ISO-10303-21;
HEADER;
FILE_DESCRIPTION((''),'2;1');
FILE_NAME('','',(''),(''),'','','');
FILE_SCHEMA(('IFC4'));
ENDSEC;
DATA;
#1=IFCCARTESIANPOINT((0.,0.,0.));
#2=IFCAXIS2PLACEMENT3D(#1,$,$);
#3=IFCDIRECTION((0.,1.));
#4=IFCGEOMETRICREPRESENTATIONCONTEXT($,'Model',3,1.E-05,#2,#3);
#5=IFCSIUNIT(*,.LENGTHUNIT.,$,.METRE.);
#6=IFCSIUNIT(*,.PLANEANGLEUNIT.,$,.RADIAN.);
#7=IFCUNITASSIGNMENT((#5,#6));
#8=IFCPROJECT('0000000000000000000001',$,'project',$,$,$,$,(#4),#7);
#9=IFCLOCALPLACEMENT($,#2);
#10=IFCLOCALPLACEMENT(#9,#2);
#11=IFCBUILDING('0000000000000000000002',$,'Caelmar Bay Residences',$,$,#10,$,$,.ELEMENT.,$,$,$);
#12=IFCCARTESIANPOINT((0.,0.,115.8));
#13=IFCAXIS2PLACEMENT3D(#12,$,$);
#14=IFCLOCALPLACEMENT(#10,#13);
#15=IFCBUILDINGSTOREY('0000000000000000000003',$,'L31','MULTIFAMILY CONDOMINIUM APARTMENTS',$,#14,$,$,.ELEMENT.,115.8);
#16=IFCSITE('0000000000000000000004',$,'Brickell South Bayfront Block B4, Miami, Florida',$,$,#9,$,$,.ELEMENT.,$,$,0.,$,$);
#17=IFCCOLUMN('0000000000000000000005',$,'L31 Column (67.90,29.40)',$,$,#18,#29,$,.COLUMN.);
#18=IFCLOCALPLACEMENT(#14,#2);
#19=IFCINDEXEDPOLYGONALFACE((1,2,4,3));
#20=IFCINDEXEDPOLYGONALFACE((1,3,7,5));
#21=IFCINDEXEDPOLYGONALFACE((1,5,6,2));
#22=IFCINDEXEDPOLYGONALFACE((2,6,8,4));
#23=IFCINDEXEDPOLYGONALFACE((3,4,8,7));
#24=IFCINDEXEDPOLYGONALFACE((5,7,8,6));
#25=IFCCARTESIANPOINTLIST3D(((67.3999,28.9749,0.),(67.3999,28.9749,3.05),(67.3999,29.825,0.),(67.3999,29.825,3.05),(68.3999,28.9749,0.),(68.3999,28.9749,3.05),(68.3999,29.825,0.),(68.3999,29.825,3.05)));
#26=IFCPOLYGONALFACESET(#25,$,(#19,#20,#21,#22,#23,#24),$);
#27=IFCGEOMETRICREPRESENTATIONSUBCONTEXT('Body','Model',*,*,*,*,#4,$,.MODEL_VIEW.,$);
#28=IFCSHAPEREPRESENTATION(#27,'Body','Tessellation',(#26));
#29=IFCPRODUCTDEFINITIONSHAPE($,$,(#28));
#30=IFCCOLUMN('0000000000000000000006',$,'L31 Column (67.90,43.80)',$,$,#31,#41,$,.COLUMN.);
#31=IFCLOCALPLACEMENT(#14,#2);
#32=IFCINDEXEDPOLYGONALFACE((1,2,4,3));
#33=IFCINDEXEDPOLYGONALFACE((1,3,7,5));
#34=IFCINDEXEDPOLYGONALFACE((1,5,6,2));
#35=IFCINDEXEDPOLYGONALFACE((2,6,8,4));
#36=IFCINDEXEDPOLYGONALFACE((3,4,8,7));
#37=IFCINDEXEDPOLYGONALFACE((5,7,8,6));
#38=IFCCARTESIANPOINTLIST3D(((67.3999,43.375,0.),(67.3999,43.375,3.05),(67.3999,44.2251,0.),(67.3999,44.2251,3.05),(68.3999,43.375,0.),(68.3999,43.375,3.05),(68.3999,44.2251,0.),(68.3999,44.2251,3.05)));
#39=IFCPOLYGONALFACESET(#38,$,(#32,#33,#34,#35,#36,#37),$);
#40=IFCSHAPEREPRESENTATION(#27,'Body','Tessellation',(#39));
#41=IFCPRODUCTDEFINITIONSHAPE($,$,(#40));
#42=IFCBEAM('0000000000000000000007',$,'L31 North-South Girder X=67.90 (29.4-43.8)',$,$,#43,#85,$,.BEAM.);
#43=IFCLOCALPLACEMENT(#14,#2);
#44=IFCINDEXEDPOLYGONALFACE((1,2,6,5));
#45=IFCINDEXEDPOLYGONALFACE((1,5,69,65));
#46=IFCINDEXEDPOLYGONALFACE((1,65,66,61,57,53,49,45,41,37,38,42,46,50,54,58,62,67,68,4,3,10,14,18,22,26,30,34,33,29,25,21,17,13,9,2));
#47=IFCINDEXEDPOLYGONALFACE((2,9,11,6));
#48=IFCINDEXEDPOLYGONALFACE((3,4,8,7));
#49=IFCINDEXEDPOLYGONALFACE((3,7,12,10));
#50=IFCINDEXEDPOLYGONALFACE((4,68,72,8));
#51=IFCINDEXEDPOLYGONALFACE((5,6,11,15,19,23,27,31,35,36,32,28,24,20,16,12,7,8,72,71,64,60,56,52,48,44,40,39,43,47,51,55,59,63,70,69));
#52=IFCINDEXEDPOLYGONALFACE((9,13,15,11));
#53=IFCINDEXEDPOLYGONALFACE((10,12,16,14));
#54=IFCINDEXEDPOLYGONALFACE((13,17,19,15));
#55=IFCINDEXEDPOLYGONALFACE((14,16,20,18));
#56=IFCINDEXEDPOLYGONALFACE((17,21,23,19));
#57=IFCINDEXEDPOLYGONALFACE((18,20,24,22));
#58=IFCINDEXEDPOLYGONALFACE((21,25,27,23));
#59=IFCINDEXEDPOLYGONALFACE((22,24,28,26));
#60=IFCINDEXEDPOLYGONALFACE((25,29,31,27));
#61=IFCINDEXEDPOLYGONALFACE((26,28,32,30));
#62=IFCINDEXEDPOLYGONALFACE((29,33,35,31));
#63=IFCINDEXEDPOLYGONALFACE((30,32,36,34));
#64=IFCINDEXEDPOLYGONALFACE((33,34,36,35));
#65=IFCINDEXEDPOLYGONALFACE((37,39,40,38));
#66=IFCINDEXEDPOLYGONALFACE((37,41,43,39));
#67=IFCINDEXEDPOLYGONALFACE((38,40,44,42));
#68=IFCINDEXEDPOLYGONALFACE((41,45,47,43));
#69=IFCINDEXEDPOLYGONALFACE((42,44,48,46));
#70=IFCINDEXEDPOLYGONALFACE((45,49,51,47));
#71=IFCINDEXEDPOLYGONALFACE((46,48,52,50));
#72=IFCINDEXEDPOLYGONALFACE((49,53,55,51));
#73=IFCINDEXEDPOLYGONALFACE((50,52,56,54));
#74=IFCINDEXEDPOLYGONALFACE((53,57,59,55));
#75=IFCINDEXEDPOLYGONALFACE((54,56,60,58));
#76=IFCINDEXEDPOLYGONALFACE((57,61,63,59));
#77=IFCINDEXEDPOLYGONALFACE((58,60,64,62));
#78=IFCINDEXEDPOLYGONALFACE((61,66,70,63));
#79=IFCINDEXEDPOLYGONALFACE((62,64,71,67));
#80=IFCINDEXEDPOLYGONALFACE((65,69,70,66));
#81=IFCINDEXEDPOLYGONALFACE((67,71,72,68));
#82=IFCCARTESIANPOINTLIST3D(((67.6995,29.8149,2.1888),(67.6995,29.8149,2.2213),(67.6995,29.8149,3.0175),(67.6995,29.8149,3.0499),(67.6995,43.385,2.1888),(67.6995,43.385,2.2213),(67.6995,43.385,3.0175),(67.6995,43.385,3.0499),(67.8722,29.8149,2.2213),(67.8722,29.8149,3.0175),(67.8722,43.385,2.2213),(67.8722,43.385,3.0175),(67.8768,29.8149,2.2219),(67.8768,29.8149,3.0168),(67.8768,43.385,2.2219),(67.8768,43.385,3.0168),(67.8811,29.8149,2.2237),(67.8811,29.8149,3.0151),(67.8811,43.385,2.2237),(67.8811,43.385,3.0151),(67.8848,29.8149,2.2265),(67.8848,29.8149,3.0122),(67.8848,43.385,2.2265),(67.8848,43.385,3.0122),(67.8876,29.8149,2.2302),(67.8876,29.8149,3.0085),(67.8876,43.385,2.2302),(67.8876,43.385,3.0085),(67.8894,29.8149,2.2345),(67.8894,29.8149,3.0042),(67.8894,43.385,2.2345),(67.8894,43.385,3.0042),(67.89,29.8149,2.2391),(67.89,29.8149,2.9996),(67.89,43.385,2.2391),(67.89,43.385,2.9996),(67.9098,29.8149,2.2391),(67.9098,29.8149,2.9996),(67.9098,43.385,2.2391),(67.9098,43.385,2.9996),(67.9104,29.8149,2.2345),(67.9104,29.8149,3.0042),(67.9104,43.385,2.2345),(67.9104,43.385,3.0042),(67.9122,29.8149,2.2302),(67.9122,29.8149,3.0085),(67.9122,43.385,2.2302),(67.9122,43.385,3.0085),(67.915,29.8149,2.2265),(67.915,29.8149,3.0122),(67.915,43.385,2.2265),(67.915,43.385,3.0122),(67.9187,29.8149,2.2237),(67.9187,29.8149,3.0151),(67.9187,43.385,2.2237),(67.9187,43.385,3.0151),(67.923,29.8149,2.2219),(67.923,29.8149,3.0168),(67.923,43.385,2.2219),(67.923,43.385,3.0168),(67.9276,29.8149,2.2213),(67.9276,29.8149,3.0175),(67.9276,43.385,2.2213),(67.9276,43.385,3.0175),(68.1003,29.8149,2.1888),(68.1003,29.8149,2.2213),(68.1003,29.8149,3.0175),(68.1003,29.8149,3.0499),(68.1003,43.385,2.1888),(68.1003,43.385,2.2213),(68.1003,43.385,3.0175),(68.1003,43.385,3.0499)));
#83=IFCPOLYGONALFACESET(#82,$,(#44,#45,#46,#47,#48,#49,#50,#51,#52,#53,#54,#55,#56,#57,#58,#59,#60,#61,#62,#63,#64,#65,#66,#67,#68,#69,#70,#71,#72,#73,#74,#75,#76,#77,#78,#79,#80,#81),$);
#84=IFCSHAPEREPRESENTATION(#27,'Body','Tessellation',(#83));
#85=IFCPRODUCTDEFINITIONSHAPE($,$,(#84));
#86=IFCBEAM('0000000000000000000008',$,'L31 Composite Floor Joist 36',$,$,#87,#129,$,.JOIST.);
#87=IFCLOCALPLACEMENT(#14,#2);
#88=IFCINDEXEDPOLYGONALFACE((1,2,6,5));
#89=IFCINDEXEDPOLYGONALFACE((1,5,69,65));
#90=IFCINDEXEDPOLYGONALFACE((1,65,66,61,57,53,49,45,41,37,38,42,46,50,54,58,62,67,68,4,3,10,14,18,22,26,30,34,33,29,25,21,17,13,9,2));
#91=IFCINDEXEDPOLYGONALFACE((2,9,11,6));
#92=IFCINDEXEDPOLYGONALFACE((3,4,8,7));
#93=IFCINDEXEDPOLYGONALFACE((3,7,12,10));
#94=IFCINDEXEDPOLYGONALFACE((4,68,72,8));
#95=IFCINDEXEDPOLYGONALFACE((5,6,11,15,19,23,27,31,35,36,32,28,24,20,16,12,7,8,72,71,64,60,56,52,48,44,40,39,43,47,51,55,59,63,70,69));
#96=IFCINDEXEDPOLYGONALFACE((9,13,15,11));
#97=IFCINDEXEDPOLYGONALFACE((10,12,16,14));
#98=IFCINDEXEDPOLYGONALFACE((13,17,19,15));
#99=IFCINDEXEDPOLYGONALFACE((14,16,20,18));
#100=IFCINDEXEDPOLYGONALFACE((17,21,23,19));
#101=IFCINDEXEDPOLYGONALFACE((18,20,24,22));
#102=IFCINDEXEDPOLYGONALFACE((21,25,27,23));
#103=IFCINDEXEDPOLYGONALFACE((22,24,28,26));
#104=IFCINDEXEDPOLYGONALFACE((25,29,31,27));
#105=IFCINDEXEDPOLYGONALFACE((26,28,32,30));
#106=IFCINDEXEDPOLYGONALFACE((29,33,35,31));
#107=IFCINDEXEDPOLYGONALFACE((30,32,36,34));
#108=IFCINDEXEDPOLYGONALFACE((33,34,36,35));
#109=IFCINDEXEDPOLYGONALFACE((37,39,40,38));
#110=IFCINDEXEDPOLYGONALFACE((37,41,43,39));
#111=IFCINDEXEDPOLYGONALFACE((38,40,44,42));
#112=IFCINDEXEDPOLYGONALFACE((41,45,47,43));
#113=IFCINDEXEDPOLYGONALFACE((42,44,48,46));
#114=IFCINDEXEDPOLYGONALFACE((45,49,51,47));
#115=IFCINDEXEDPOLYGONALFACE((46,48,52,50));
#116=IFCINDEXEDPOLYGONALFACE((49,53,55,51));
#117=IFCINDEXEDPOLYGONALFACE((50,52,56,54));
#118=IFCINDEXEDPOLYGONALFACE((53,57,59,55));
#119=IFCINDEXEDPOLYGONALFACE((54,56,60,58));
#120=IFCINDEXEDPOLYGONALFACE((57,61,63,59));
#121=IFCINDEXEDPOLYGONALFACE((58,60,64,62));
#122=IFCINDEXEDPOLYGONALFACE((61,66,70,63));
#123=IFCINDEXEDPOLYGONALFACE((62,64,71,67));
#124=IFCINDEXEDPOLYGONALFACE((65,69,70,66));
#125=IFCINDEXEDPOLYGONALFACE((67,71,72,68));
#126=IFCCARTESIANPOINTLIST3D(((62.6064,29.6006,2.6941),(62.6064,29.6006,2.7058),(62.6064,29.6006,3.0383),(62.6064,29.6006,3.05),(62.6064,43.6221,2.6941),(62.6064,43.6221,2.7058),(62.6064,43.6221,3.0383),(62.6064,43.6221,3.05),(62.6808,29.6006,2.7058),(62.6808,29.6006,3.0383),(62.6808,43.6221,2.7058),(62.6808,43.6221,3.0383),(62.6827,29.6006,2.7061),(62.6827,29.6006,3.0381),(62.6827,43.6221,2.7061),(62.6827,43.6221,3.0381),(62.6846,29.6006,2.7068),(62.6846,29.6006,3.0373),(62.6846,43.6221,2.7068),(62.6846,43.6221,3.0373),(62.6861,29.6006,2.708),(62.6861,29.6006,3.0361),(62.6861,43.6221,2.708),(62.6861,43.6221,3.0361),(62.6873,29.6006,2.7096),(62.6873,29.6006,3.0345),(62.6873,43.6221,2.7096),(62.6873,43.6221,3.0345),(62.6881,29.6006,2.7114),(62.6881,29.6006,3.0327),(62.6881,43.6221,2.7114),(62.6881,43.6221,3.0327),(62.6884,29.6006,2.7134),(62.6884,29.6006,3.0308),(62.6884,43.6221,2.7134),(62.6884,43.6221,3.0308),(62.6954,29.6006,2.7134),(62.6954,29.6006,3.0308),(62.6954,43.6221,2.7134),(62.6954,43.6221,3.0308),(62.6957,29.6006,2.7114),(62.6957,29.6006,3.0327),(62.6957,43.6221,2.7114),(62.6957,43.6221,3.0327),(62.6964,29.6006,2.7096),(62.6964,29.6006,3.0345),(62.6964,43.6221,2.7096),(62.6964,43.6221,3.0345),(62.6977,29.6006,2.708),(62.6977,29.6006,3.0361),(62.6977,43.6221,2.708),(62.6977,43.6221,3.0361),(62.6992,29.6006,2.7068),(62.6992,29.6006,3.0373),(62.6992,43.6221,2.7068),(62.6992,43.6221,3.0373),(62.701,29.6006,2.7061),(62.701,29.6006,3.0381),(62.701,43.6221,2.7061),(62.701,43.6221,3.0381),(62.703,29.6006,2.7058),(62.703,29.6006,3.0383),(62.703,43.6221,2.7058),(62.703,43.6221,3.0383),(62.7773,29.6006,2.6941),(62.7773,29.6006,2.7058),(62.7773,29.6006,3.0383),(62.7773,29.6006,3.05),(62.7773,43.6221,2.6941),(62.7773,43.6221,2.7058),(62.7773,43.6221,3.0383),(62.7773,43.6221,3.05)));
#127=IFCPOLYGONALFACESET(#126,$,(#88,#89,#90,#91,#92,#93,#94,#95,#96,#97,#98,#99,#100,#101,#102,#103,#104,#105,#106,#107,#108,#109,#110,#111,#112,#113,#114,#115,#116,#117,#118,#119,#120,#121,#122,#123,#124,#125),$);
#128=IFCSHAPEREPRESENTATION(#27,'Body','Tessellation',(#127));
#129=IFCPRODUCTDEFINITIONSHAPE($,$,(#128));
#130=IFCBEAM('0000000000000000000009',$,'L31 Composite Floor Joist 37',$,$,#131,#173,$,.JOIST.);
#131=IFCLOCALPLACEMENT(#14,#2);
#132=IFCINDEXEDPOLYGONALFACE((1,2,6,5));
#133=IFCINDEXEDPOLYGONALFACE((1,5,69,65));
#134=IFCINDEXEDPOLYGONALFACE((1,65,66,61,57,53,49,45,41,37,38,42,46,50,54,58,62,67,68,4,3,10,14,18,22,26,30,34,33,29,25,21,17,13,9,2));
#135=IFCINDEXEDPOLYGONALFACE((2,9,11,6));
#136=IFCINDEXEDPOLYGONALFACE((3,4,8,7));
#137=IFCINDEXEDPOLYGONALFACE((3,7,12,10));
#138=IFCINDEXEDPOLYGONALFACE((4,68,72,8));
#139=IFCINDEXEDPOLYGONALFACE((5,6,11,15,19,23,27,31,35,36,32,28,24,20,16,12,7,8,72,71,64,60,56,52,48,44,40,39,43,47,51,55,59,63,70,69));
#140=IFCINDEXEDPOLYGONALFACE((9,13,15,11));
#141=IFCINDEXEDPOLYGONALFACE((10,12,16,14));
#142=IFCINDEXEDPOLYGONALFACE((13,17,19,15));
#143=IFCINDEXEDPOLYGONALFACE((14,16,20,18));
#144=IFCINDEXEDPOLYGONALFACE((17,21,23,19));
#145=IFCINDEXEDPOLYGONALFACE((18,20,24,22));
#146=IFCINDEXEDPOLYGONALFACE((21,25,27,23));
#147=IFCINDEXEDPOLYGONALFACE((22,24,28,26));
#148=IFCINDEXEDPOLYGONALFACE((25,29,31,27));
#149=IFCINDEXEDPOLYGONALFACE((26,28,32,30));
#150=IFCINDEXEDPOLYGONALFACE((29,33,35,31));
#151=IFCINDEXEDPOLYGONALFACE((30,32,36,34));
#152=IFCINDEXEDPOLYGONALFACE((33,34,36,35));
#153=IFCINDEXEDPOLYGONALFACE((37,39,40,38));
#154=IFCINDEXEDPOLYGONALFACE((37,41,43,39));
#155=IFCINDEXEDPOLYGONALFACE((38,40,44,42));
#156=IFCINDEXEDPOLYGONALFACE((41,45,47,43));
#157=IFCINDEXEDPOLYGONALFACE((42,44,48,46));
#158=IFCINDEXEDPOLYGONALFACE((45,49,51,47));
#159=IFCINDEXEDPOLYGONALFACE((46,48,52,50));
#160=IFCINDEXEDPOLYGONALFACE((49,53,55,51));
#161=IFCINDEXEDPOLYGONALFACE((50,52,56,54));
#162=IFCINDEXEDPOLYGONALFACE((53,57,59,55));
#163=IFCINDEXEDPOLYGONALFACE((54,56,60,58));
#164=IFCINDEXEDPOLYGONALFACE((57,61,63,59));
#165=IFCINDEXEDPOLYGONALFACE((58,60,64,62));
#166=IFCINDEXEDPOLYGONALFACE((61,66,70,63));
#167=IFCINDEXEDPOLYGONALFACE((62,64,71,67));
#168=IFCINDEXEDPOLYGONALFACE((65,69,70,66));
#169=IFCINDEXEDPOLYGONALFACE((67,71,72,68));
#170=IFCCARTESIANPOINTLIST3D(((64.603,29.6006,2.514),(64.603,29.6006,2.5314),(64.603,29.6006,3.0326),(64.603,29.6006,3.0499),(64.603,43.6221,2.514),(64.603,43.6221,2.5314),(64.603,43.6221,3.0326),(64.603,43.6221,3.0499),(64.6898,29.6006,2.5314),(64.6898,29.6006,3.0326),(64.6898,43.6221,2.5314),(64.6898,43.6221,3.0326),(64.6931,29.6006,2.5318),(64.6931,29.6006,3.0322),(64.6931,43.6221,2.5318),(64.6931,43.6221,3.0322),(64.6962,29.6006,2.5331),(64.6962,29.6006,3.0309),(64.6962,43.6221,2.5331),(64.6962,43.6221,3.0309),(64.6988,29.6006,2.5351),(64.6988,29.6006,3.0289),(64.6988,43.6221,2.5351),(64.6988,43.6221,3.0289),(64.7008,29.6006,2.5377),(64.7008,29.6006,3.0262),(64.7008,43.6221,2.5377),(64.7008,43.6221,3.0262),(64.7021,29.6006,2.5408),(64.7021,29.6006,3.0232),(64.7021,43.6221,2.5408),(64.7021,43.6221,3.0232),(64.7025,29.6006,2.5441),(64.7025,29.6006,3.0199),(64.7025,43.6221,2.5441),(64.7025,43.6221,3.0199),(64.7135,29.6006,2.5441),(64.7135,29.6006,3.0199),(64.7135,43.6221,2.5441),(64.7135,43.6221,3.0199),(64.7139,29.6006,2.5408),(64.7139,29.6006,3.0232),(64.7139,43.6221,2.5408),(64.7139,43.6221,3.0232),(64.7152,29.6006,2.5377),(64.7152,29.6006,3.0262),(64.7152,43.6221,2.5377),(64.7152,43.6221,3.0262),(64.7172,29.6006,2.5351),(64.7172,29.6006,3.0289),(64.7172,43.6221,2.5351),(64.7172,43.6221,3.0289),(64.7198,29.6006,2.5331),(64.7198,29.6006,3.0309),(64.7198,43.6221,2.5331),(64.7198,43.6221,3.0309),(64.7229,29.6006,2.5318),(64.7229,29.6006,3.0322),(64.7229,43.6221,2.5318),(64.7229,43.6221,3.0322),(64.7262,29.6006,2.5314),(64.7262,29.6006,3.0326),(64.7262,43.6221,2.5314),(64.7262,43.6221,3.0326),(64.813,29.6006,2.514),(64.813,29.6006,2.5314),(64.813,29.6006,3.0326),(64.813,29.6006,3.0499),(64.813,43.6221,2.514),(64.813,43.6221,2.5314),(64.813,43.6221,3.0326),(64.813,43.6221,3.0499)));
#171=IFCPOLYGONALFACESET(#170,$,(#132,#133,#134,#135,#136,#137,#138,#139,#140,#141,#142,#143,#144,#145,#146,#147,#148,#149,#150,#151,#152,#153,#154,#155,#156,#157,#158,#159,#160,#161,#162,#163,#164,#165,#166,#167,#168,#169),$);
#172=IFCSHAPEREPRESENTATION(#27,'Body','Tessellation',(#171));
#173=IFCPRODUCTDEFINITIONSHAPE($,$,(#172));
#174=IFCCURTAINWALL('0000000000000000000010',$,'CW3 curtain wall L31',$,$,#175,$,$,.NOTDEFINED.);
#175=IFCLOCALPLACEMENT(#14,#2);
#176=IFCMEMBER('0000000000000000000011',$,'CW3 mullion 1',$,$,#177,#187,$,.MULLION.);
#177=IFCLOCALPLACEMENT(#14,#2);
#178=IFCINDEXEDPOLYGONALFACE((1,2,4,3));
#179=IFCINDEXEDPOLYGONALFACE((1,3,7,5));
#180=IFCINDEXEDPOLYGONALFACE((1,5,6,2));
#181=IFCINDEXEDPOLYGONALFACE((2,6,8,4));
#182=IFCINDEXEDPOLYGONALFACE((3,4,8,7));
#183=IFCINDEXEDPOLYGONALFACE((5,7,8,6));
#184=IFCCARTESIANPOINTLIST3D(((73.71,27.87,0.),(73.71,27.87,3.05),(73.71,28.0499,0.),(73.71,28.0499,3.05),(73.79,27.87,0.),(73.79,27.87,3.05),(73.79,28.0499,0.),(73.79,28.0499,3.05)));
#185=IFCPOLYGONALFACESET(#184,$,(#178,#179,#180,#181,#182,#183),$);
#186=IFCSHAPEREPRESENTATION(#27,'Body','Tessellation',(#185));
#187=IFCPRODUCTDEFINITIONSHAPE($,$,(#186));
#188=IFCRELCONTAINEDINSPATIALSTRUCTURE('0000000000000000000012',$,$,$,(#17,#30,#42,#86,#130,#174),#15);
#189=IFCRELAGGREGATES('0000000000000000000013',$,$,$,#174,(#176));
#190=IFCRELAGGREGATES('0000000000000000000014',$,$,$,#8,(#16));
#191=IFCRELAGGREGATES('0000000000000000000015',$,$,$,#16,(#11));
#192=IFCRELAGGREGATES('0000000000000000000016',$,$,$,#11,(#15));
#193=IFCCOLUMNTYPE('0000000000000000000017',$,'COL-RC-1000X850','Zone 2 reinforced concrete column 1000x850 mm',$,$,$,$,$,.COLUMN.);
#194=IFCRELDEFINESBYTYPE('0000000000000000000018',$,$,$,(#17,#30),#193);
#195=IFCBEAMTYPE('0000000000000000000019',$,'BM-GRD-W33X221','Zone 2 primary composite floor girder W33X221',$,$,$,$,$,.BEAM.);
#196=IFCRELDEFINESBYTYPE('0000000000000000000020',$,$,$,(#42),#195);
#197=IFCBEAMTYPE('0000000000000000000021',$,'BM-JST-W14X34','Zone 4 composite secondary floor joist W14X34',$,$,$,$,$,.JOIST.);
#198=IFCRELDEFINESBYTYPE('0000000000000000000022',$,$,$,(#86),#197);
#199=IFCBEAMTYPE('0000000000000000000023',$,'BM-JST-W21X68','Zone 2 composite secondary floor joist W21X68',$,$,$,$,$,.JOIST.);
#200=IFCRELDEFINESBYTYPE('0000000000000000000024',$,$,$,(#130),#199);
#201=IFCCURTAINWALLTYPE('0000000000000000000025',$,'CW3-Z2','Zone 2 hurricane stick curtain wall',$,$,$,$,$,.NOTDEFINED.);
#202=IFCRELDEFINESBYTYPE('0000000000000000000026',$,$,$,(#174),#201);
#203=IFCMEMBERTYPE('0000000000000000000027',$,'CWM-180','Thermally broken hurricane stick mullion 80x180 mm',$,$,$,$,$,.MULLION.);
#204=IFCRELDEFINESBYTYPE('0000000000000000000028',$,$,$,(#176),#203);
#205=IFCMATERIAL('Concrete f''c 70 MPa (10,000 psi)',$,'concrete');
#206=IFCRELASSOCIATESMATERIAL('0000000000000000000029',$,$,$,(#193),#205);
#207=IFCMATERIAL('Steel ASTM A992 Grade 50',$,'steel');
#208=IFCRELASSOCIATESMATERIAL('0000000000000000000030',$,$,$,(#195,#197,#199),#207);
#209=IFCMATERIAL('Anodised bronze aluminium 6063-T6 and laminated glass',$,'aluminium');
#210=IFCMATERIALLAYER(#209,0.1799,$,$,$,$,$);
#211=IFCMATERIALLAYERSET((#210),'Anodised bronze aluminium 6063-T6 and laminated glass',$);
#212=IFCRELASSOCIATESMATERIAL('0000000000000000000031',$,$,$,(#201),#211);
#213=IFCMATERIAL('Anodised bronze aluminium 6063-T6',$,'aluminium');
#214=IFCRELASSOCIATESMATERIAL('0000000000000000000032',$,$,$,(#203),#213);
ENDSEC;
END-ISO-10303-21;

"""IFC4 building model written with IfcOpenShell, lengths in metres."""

from ifc_helpers import new_model, si_unit, direction, frame, origin, origin_2d, place, context, subcontext, project, spatial, rectangle, i_section, extrude, material, layer, layer_set, material_profile, profile_set, type_object, element, aggregate, save


model = new_model("IFC4")

# Units and contexts
model_context = context("Model", 3, precision=1e-05, world=origin(), true_north=direction((0.0, 1.0)))
body_context = subcontext(model_context, "Body", "Model", "MODEL_VIEW")
ifc_project = project(units=[si_unit("LENGTHUNIT", "METRE"), si_unit("PLANEANGLEUNIT", "RADIAN")], contexts=[model_context])

# Site, building, storey
site_placement = place(None, origin())
site = spatial("IfcSite", under=ifc_project, at=site_placement, Name="Brickell South Bayfront Block B4, Miami, Florida", CompositionType="ELEMENT", RefElevation=0.0)
building_placement = place(site_placement, origin())
building = spatial("IfcBuilding", under=site, at=building_placement, Name="Caelmar Bay Residences", CompositionType="ELEMENT")
storey_placement = place(building_placement, frame((0.0, 0.0, 115.8)))
storey = spatial("IfcBuildingStorey", under=building, at=storey_placement, Name="L31", Description="MULTIFAMILY CONDOMINIUM APARTMENTS", CompositionType="ELEMENT", Elevation=115.8)

# Columns
ifc_material_1 = material(Name="Concrete f'c 70 MPa (10,000 psi)", Category="concrete")
ifc_material_profile_1 = material_profile(ifc_material_1, rectangle(XDim=1.0, YDim=0.8501, at=origin_2d()), Name="RC-COL-1000X850")
ifc_profile_set_1 = profile_set([ifc_material_profile_1], Name="Concrete f'c 70 MPa (10,000 psi)")
column_type = type_object("IfcColumnType", Name="COL-RC-1000X850", Description="Zone 2 reinforced concrete column 1000x850 mm", PredefinedType="COLUMN", material=ifc_profile_set_1)
for number, where, z_axis, x_axis, name in (
    (1, (67.8999, 29.3999, 0.0), (0.0, 0.0, 1.0), (1.0, 0.0, 0.0), "L31 Column (67.90,29.40)"),
    (2, (67.8999, 43.8, 0.0), (0.0, 0.0, 1.0), (1.0, 0.0, 0.0), "L31 Column (67.90,43.80)"),
):
    element("IfcColumn", number, at=place(storey_placement, frame(where, z_axis=z_axis, x_axis=x_axis)), inside=storey, type_object=column_type, Name=name, PredefinedType="COLUMN", context=body_context, shape_type="SweptSolid", body=[
        extrude(rectangle(XDim=1.0, YDim=0.8501, at=origin_2d()), origin(), (0.0, 0.0, 1.0), 3.05),
    ])

# Beams
ifc_material_2 = material(Name="Steel ASTM A992 Grade 50", Category="steel")
ifc_material_profile_2 = material_profile(ifc_material_2, i_section(OverallWidth=0.4009, OverallDepth=0.8611, WebThickness=0.0198, FlangeThickness=0.0325, FilletRadius=0.0178, at=origin_2d()), Name="W33X221")
ifc_profile_set_2 = profile_set([ifc_material_profile_2], Name="Steel ASTM A992 Grade 50")
beam_type_1 = type_object("IfcBeamType", Name="BM-GRD-W33X221", Description="Zone 2 primary composite floor girder W33X221", PredefinedType="BEAM", material=ifc_profile_set_2)
beam_1_placement = place(storey_placement, frame((67.8999, 29.8149, 2.6194), z_axis=(0.0, 1.0, 0.0), x_axis=(-1.0, 0.0, 0.0)))
element("IfcBeam", 3, at=beam_1_placement, inside=storey, type_object=beam_type_1, Name="L31 North-South Girder X=67.90 (29.4-43.8)", PredefinedType="BEAM", context=body_context, shape_type="SweptSolid", body=[
    extrude(i_section(OverallWidth=0.4009, OverallDepth=0.8611, WebThickness=0.0198, FlangeThickness=0.0325, FilletRadius=0.0178, at=origin_2d()), origin(), (0.0, 0.0, 1.0), 13.5701),
])
ifc_material_profile_3 = material_profile(ifc_material_2, i_section(OverallWidth=0.1709, OverallDepth=0.356, WebThickness=0.0071, FlangeThickness=0.0117, FilletRadius=0.0076, at=origin_2d()), Name="W14X34")
ifc_profile_set_3 = profile_set([ifc_material_profile_3], Name="Steel ASTM A992 Grade 50")
beam_type_2 = type_object("IfcBeamType", Name="BM-JST-W14X34", Description="Zone 4 composite secondary floor joist W14X34", PredefinedType="JOIST", material=ifc_profile_set_3)
beam_2_placement = place(storey_placement, frame((62.6919, 29.6006, 2.8721), z_axis=(0.0, 1.0, 0.0), x_axis=(-1.0, 0.0, 0.0)))
element("IfcBeam", 4, at=beam_2_placement, inside=storey, type_object=beam_type_2, Name="L31 Composite Floor Joist 36", PredefinedType="JOIST", context=body_context, shape_type="SweptSolid", body=[
    extrude(i_section(OverallWidth=0.1709, OverallDepth=0.356, WebThickness=0.0071, FlangeThickness=0.0117, FilletRadius=0.0076, at=origin_2d()), origin(), (0.0, 0.0, 1.0), 14.0215),
])
ifc_material_profile_4 = material_profile(ifc_material_2, i_section(OverallWidth=0.21, OverallDepth=0.5359, WebThickness=0.011, FlangeThickness=0.0173, FilletRadius=0.0127, at=origin_2d()), Name="W21X68")
ifc_profile_set_4 = profile_set([ifc_material_profile_4], Name="Steel ASTM A992 Grade 50")
beam_type_3 = type_object("IfcBeamType", Name="BM-JST-W21X68", Description="Zone 2 composite secondary floor joist W21X68", PredefinedType="JOIST", material=ifc_profile_set_4)
beam_3_placement = place(storey_placement, frame((64.708, 29.6006, 2.782), z_axis=(0.0, 1.0, 0.0), x_axis=(-1.0, 0.0, 0.0)))
element("IfcBeam", 5, at=beam_3_placement, inside=storey, type_object=beam_type_3, Name="L31 Composite Floor Joist 37", PredefinedType="JOIST", context=body_context, shape_type="SweptSolid", body=[
    extrude(i_section(OverallWidth=0.21, OverallDepth=0.5359, WebThickness=0.011, FlangeThickness=0.0173, FilletRadius=0.0127, at=origin_2d()), origin(), (0.0, 0.0, 1.0), 14.0215),
])

# Curtain wall, member
ifc_material_3 = material(Name="Anodised bronze aluminium 6063-T6 and laminated glass", Category="aluminium")
ifc_layer_1 = layer(ifc_material_3, 0.1799)
ifc_layer_set_1 = layer_set([ifc_layer_1], Name="Anodised bronze aluminium 6063-T6 and laminated glass")
curtain_wall_type = type_object("IfcCurtainWallType", Name="CW3-Z2", Description="Zone 2 hurricane stick curtain wall", PredefinedType="NOTDEFINED", material=ifc_layer_set_1)
curtain_wall_placement = place(storey_placement, origin())
curtain_wall = element("IfcCurtainWall", 6, at=curtain_wall_placement, inside=storey, type_object=curtain_wall_type, Name="CW3 curtain wall L31", PredefinedType="NOTDEFINED")
ifc_material_4 = material(Name="Anodised bronze aluminium 6063-T6", Category="aluminium")
ifc_material_profile_5 = material_profile(ifc_material_4, rectangle(XDim=0.0801, YDim=0.1799, at=origin_2d()), Name="CWM-80X180")
ifc_profile_set_5 = profile_set([ifc_material_profile_5], Name="Anodised bronze aluminium 6063-T6")
member_type_1 = type_object("IfcMemberType", Name="CWM-180", Description="Thermally broken hurricane stick mullion 80x180 mm", PredefinedType="MULLION", material=ifc_profile_set_5)
member_1_placement = place(storey_placement, frame((73.75, 27.96, 0.0), z_axis=(0.0, 0.0, 1.0), x_axis=(1.0, 0.0, 0.0)))
member_1 = element("IfcMember", 7, at=member_1_placement, type_object=member_type_1, Name="CW3 mullion 1", PredefinedType="MULLION", context=body_context, shape_type="SweptSolid", body=[
    extrude(rectangle(XDim=0.0801, YDim=0.1799, at=origin_2d()), origin(), (0.0, 0.0, 1.0), 3.05),
])
aggregate(curtain_wall, [member_1])

save(model, "model.ifc")
